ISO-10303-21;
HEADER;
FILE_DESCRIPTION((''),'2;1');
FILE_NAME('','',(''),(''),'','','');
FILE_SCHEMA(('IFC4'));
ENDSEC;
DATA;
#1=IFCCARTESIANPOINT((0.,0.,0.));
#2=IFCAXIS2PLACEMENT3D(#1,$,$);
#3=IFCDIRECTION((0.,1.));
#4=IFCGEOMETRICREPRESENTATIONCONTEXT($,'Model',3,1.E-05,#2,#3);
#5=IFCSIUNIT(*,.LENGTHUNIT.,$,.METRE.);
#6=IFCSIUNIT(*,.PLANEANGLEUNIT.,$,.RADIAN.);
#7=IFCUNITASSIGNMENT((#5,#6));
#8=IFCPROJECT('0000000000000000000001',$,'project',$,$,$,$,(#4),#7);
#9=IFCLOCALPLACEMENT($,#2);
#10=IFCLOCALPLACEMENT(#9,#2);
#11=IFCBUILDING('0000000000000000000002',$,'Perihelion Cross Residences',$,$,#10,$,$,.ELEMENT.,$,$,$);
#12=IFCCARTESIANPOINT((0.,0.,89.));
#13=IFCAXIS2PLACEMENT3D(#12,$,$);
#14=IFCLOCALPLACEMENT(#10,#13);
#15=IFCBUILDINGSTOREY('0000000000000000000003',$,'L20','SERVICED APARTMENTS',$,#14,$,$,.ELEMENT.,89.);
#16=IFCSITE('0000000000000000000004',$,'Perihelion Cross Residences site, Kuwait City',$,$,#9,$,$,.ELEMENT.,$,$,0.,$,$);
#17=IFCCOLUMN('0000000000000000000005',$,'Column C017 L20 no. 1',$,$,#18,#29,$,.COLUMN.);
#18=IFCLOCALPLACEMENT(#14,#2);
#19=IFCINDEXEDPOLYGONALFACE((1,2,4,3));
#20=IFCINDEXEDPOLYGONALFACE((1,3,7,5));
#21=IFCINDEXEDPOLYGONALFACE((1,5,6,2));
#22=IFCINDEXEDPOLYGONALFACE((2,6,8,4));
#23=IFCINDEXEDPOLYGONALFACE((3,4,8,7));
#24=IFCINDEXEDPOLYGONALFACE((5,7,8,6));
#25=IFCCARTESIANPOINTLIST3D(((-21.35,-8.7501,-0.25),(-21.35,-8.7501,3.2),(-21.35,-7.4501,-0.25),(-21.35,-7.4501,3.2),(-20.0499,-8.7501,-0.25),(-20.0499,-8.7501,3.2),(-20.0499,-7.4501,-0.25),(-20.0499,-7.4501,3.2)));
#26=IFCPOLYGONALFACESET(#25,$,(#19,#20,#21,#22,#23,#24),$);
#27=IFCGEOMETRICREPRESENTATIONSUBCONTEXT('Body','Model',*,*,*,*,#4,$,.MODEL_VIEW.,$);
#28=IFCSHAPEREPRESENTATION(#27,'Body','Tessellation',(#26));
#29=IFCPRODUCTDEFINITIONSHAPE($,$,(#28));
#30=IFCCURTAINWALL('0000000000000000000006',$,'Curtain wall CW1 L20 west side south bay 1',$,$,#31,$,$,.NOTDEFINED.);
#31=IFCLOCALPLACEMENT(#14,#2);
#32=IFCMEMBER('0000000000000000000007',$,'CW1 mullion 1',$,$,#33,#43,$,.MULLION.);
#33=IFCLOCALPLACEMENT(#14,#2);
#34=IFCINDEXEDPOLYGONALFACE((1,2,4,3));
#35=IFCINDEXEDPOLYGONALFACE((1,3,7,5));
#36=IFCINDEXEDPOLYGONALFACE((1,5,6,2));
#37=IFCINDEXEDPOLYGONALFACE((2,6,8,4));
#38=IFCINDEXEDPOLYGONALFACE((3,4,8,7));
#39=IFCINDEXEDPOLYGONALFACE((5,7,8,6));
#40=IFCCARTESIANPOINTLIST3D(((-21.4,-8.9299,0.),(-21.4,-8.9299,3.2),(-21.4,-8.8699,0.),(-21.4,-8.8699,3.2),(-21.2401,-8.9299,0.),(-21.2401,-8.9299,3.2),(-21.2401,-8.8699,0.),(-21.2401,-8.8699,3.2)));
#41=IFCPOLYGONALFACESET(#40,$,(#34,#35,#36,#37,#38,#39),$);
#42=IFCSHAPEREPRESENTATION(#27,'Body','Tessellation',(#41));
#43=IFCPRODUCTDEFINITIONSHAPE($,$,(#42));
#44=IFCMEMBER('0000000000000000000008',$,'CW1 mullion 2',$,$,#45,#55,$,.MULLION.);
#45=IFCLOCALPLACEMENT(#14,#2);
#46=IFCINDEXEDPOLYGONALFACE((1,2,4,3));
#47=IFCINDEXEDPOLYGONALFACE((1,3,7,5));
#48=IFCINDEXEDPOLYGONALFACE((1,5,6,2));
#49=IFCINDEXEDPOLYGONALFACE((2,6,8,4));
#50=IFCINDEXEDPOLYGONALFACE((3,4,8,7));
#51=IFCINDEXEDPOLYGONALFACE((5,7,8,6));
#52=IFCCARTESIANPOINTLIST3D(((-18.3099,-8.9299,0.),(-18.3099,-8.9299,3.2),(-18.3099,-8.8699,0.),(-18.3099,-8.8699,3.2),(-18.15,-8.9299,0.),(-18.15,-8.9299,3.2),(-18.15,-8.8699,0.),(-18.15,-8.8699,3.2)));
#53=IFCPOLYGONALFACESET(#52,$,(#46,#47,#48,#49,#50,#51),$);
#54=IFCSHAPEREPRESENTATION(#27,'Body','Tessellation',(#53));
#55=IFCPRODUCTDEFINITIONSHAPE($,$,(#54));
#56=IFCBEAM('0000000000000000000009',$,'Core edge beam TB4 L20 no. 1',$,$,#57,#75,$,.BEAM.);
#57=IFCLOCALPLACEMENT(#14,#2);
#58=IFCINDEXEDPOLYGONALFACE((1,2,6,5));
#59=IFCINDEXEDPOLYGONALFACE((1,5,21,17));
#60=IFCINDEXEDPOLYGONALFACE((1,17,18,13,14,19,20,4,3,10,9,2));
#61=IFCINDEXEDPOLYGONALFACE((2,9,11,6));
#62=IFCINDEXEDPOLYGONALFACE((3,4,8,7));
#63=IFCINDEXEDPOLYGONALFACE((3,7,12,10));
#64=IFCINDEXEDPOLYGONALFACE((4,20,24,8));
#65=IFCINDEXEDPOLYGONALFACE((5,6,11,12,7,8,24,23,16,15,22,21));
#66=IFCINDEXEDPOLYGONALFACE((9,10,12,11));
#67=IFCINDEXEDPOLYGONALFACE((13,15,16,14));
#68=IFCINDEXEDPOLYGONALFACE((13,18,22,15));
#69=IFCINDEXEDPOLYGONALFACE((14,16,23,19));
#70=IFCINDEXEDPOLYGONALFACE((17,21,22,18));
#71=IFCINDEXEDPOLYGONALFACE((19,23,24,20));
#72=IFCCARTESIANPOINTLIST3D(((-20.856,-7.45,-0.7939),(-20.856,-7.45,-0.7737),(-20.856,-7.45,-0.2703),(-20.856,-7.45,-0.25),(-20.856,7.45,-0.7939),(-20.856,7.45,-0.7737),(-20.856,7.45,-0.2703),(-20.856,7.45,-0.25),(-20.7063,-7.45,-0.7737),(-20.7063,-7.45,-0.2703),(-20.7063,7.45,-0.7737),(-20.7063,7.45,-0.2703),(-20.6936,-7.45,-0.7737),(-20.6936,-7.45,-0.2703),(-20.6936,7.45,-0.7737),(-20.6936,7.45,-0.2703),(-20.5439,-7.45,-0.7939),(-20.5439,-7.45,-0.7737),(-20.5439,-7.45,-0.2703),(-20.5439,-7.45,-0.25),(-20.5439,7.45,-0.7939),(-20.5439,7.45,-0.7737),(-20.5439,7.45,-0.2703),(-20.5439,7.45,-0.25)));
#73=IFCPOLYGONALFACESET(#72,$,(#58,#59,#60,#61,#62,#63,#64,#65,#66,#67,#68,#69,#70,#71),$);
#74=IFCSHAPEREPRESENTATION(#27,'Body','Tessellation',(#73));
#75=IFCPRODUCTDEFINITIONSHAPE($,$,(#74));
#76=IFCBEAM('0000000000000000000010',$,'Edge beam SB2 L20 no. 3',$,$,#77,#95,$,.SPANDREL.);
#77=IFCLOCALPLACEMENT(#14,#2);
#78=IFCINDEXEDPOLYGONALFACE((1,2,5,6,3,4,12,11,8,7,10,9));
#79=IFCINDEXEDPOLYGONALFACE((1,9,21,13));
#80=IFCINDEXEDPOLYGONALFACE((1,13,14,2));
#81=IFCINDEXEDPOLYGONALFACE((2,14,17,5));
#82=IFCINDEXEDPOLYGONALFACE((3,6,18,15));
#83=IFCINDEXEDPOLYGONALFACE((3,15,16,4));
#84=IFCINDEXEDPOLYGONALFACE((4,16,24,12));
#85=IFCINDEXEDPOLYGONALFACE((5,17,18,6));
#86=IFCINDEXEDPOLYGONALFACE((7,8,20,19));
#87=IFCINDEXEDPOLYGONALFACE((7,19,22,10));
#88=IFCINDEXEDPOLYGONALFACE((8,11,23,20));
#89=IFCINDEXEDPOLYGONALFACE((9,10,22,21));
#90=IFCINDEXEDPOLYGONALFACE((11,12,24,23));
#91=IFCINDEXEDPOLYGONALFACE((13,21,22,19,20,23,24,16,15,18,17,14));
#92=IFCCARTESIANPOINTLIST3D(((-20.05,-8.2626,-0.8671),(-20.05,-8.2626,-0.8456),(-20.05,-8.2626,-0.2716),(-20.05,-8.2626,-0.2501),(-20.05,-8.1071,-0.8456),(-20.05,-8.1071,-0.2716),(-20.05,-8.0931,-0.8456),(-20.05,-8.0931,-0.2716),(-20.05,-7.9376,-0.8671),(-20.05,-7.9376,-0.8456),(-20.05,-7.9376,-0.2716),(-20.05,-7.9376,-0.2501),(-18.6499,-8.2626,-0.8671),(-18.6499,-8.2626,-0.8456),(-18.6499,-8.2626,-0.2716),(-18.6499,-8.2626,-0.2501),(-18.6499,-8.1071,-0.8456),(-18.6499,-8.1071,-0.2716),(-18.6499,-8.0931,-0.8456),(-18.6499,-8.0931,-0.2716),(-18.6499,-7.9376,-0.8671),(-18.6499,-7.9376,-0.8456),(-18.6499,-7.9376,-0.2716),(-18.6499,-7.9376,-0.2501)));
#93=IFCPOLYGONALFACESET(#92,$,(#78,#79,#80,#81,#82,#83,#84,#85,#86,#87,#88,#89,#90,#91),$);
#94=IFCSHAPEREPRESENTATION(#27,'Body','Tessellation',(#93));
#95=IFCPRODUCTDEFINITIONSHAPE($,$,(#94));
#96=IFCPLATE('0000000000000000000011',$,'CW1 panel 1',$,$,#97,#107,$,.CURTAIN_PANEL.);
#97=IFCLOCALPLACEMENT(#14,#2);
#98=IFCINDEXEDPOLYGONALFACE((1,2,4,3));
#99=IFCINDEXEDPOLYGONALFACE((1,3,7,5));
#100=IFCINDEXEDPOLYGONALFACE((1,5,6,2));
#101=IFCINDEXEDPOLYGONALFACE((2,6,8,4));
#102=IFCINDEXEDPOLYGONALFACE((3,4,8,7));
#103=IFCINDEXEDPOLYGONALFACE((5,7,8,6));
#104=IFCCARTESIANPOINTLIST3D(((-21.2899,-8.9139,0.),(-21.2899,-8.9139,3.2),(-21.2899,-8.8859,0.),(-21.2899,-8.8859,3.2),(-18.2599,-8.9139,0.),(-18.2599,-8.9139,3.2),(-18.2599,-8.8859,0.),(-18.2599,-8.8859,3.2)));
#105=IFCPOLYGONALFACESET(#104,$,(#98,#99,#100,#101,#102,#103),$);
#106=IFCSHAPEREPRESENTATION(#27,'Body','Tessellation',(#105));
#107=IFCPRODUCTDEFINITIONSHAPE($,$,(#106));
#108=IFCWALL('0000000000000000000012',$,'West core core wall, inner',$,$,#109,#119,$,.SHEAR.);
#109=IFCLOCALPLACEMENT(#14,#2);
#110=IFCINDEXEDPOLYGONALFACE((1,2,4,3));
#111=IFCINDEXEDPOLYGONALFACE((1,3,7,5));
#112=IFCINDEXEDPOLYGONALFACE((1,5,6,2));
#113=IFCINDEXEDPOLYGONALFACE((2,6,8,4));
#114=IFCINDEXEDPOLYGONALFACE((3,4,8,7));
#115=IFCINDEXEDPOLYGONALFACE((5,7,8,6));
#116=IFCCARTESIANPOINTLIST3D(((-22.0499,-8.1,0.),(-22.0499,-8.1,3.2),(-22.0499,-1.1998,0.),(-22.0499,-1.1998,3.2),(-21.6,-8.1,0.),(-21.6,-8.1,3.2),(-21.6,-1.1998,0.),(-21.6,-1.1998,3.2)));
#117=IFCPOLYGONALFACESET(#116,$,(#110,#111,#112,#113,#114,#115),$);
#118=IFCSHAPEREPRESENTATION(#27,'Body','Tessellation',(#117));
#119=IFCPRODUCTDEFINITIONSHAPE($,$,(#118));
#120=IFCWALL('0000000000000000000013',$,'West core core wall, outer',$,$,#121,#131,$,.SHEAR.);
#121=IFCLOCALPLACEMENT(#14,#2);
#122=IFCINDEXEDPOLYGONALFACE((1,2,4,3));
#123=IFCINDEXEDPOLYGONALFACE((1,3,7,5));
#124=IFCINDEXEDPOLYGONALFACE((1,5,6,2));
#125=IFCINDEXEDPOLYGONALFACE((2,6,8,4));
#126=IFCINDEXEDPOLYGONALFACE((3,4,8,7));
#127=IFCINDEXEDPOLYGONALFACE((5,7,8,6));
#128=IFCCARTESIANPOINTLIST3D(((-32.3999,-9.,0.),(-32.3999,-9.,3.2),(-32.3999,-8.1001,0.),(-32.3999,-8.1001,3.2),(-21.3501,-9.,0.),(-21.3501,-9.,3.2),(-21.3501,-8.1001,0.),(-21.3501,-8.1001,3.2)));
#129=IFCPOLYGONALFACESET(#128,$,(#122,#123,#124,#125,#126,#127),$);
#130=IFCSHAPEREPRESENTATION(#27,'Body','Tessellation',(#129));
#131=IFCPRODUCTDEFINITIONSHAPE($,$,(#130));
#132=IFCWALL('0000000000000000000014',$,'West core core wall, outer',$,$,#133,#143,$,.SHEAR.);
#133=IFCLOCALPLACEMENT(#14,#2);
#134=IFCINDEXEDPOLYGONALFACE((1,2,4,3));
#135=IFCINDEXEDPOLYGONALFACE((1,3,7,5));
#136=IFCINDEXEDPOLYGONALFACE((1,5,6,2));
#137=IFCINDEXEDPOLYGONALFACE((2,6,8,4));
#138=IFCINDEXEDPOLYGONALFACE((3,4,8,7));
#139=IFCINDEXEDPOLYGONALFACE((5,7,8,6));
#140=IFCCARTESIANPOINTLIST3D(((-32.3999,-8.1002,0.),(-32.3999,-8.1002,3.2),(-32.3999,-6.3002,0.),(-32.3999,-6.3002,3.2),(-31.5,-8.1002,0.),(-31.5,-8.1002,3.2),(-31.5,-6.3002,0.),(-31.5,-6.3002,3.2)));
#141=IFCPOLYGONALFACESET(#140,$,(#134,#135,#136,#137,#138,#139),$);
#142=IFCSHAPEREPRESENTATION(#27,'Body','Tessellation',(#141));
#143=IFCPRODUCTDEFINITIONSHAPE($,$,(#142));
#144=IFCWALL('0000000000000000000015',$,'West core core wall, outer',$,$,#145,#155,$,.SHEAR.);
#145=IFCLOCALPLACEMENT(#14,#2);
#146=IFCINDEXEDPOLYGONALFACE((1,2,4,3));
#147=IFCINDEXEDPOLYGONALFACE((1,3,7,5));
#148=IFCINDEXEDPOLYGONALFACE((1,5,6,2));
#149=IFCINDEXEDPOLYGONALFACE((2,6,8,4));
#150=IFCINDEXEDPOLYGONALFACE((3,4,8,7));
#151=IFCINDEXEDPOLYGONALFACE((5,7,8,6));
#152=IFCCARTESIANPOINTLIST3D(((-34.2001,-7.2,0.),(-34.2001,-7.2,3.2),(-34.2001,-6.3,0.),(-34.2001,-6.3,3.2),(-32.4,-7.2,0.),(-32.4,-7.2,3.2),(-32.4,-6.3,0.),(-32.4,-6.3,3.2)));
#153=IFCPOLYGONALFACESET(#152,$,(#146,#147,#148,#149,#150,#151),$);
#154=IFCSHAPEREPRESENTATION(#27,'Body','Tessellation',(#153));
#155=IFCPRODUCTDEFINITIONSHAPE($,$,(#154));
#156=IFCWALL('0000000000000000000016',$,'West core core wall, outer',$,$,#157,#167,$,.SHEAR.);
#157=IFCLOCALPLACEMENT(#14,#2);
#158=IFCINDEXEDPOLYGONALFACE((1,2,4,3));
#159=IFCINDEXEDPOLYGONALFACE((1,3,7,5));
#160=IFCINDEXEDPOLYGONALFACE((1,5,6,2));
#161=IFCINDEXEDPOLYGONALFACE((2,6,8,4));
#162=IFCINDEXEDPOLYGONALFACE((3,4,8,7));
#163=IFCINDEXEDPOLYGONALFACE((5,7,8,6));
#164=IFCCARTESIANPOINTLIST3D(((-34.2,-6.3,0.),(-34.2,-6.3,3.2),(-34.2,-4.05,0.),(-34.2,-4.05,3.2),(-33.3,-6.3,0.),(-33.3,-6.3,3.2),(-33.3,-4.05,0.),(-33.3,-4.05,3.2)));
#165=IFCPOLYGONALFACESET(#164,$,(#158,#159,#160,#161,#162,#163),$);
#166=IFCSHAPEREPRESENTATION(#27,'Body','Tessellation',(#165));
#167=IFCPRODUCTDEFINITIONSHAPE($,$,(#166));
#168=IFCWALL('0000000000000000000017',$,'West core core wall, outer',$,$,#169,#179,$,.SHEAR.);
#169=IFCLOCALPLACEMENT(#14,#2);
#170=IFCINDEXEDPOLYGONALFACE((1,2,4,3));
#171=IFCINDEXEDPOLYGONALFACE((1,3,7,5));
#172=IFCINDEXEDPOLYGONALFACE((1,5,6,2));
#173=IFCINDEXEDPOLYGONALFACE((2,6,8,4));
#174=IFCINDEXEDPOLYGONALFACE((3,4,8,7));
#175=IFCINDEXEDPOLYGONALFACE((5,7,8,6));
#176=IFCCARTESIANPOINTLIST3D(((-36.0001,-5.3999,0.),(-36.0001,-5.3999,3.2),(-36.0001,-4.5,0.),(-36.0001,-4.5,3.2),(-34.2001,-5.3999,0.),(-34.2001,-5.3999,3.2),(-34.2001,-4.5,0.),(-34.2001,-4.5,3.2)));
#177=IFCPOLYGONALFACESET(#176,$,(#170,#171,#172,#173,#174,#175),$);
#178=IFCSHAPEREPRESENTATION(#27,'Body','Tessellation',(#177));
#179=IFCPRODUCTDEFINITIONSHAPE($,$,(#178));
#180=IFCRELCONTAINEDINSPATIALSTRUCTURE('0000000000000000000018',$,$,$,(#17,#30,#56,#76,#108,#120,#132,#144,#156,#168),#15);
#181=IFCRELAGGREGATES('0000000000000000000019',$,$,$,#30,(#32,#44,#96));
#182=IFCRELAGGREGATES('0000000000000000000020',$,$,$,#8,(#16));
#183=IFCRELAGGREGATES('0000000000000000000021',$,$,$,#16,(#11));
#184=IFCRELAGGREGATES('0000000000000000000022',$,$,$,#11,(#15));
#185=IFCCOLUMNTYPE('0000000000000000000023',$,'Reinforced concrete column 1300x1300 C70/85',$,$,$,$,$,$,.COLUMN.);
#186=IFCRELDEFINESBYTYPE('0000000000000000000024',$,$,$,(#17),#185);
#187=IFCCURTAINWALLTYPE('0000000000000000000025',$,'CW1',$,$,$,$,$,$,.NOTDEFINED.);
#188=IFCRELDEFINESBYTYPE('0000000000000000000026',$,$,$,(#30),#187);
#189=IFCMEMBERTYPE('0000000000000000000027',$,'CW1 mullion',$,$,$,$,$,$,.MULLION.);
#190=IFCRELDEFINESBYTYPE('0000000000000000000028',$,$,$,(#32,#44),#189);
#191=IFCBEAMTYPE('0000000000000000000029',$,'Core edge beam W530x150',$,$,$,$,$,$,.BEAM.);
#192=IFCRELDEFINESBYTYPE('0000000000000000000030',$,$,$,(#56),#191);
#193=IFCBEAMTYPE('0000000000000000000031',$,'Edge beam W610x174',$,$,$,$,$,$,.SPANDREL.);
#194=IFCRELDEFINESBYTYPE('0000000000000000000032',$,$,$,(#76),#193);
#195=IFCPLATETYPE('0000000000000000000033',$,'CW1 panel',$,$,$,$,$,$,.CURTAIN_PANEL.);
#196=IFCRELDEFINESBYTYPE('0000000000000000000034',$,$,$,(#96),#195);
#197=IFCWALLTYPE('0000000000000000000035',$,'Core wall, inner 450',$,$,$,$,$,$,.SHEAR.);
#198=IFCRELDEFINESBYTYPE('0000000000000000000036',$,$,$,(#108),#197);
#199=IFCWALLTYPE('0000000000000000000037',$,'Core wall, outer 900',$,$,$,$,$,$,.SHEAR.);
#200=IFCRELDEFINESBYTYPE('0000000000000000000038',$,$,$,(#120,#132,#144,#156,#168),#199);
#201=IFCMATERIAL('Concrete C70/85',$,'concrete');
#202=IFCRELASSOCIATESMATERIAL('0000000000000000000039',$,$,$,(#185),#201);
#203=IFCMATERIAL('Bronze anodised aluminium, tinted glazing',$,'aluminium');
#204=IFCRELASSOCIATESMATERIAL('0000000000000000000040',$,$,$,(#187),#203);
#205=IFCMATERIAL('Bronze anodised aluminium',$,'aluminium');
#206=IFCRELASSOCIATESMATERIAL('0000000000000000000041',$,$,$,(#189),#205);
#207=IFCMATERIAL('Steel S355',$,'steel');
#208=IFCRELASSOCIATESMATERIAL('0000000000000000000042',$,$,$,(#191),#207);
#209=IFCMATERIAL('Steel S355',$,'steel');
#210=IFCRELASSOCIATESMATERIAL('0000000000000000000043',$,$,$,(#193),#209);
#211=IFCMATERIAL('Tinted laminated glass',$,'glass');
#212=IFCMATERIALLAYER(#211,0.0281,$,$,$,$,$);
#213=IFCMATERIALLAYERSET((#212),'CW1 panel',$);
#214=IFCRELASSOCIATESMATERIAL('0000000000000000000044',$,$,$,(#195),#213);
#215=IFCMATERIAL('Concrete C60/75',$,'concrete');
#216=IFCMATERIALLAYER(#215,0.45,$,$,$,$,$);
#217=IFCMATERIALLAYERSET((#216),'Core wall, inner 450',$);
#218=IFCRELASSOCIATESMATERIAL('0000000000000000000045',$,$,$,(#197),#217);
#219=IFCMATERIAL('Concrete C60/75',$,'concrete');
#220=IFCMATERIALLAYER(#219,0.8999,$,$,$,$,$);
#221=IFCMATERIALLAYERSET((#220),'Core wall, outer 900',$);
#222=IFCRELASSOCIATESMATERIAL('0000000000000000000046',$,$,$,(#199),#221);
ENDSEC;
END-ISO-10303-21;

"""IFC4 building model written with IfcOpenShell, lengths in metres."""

from ifc_helpers import new_model, si_unit, direction, frame, frame_2d, origin, origin_2d, place, context, subcontext, project, spatial, rectangle, i_section, extrude, material, layer, layer_set, material_profile, profile_set, type_object, element, aggregate, save


model = new_model("IFC4")

# Units and contexts
model_context = context("Model", 3, precision=1e-05, world=origin(), true_north=direction((0.0, 1.0)))
body_context = subcontext(model_context, "Body", "Model", "MODEL_VIEW")
ifc_project = project(units=[si_unit("LENGTHUNIT", "METRE"), si_unit("PLANEANGLEUNIT", "RADIAN")], contexts=[model_context])

# Site, building, storey
site_placement = place(None, origin())
site = spatial("IfcSite", under=ifc_project, at=site_placement, Name="Perihelion Cross Residences site, Kuwait City", CompositionType="ELEMENT", RefElevation=0.0)
building_placement = place(site_placement, origin())
building = spatial("IfcBuilding", under=site, at=building_placement, Name="Perihelion Cross Residences", CompositionType="ELEMENT")
storey_placement = place(building_placement, frame((0.0, 0.0, 89.0)))
storey = spatial("IfcBuildingStorey", under=building, at=storey_placement, Name="L20", Description="SERVICED APARTMENTS", CompositionType="ELEMENT", Elevation=89.0)

# Column
ifc_material_1 = material(Name="Concrete C70/85", Category="concrete")
ifc_material_profile_1 = material_profile(ifc_material_1, rectangle(XDim=1.3, YDim=1.3, at=origin_2d()), Name="RC 1300x1300")
ifc_profile_set_1 = profile_set([ifc_material_profile_1], Name="Concrete C70/85")
column_type = type_object("IfcColumnType", Name="Reinforced concrete column 1300x1300 C70/85", PredefinedType="COLUMN", material=ifc_profile_set_1)
column_placement = place(storey_placement, frame((-20.7, -8.1001, -0.25), z_axis=(0.0, 0.0, 1.0), x_axis=(1.0, 0.0, 0.0)))
element("IfcColumn", 1, at=column_placement, inside=storey, type_object=column_type, Name="Column C017 L20 no. 1", PredefinedType="COLUMN", context=body_context, shape_type="SweptSolid", body=[
    extrude(rectangle(XDim=1.3, YDim=1.3, at=origin_2d()), origin(), (0.0, 0.0, 1.0), 3.45),
])

# Curtain wall, members
ifc_material_2 = material(Name="Bronze anodised aluminium, tinted glazing", Category="aluminium")
curtain_wall_type = type_object("IfcCurtainWallType", Name="CW1", PredefinedType="NOTDEFINED", material=ifc_material_2)
curtain_wall_placement = place(storey_placement, origin())
curtain_wall = element("IfcCurtainWall", 2, at=curtain_wall_placement, inside=storey, type_object=curtain_wall_type, Name="Curtain wall CW1 L20 west side south bay 1", PredefinedType="NOTDEFINED")
ifc_material_3 = material(Name="Bronze anodised aluminium", Category="aluminium")
ifc_material_profile_2 = material_profile(ifc_material_3, rectangle(XDim=0.0601, YDim=0.1599, at=origin_2d()), Name="CW1 mullion")
ifc_profile_set_2 = profile_set([ifc_material_profile_2], Name="Bronze anodised aluminium")
member_type = type_object("IfcMemberType", Name="CW1 mullion", PredefinedType="MULLION", material=ifc_profile_set_2)
member_1_placement = place(storey_placement, frame((-21.3201, -8.8999, 0.0), z_axis=(0.0, 0.0, 1.0), x_axis=(0.0, 1.0, 0.0)))
member_1 = element("IfcMember", 3, at=member_1_placement, type_object=member_type, Name="CW1 mullion 1", PredefinedType="MULLION", context=body_context, shape_type="SweptSolid", body=[
    extrude(rectangle(XDim=0.0601, YDim=0.1599, at=origin_2d()), origin(), (0.0, 0.0, 1.0), 3.2),
])
member_2_placement = place(storey_placement, frame((-18.23, -8.8999, 0.0), z_axis=(0.0, 0.0, 1.0), x_axis=(0.0, 1.0, 0.0)))
member_2 = element("IfcMember", 4, at=member_2_placement, type_object=member_type, Name="CW1 mullion 2", PredefinedType="MULLION", context=body_context, shape_type="SweptSolid", body=[
    extrude(rectangle(XDim=0.0601, YDim=0.1599, at=origin_2d()), origin(), (0.0, 0.0, 1.0), 3.2),
])

# Beams
ifc_material_4 = material(Name="Steel S355", Category="steel")
ifc_material_profile_3 = material_profile(ifc_material_4, i_section(OverallWidth=0.312, OverallDepth=0.5439, WebThickness=0.0127, FlangeThickness=0.0203, at=origin_2d()), Name="W530x150")
ifc_profile_set_3 = profile_set([ifc_material_profile_3], Name="Steel S355")
beam_type_1 = type_object("IfcBeamType", Name="Core edge beam W530x150", PredefinedType="BEAM", material=ifc_profile_set_3)
beam_1_placement = place(storey_placement, frame((-20.7, -7.45, -0.522), z_axis=(0.0, 1.0, 0.0), x_axis=(-1.0, 0.0, 0.0)))
element("IfcBeam", 5, at=beam_1_placement, inside=storey, type_object=beam_type_1, Name="Core edge beam TB4 L20 no. 1", PredefinedType="BEAM", context=body_context, shape_type="SweptSolid", body=[
    extrude(i_section(OverallWidth=0.312, OverallDepth=0.5439, WebThickness=0.0127, FlangeThickness=0.0203, at=origin_2d()), origin(), (0.0, 0.0, 1.0), 14.8999),
])
ifc_material_5 = material(Name="Steel S355", Category="steel")
ifc_material_profile_4 = material_profile(ifc_material_5, i_section(OverallWidth=0.325, OverallDepth=0.6169, WebThickness=0.0139, FlangeThickness=0.0215, at=origin_2d()), Name="W610x174")
ifc_profile_set_4 = profile_set([ifc_material_profile_4], Name="Steel S355")
beam_type_2 = type_object("IfcBeamType", Name="Edge beam W610x174", PredefinedType="SPANDREL", material=ifc_profile_set_4)
beam_2_placement = place(storey_placement, frame((-20.05, -8.1001, -0.5586), z_axis=(1.0, 0.0, 0.0), x_axis=(0.0, 1.0, 0.0)))
element("IfcBeam", 6, at=beam_2_placement, inside=storey, type_object=beam_type_2, Name="Edge beam SB2 L20 no. 3", PredefinedType="SPANDREL", context=body_context, shape_type="SweptSolid", body=[
    extrude(i_section(OverallWidth=0.325, OverallDepth=0.6169, WebThickness=0.0139, FlangeThickness=0.0215, at=origin_2d()), origin(), (0.0, 0.0, 1.0), 1.4001),
])

# Plate
ifc_material_6 = material(Name="Tinted laminated glass", Category="glass")
ifc_layer_1 = layer(ifc_material_6, 0.0281)
ifc_layer_set_1 = layer_set([ifc_layer_1], Name="CW1 panel")
plate_type = type_object("IfcPlateType", Name="CW1 panel", PredefinedType="CURTAIN_PANEL", material=ifc_layer_set_1)
plate_placement = place(storey_placement, frame((-19.7749, -8.8999, 0.0), z_axis=(0.0, 0.0, 1.0), x_axis=(1.0, 0.0, 0.0)))
plate = element("IfcPlate", 7, at=plate_placement, type_object=plate_type, Name="CW1 panel 1", PredefinedType="CURTAIN_PANEL", context=body_context, shape_type="SweptSolid", body=[
    extrude(rectangle(XDim=3.03, YDim=0.0281, at=origin_2d()), origin(), (0.0, 0.0, 1.0), 3.2),
])
aggregate(curtain_wall, [member_1, member_2, plate])

# Walls
ifc_material_7 = material(Name="Concrete C60/75", Category="concrete")
ifc_layer_2 = layer(ifc_material_7, 0.45)
ifc_layer_set_2 = layer_set([ifc_layer_2], Name="Core wall, inner 450")
wall_type_1 = type_object("IfcWallType", Name="Core wall, inner 450", PredefinedType="SHEAR", material=ifc_layer_set_2)
wall_1_placement = place(storey_placement, frame((-21.825, -8.1001, 0.0), z_axis=(0.0, 0.0, 1.0), x_axis=(0.0, 1.0, 0.0)))
element("IfcWall", 8, at=wall_1_placement, inside=storey, type_object=wall_type_1, Name="West core core wall, inner", PredefinedType="SHEAR", context=body_context, shape_type="SweptSolid", body=[
    extrude(rectangle(XDim=6.9001, YDim=0.45, at=frame_2d((3.4502, 0.0))), origin(), (0.0, 0.0, 1.0), 3.2),
])
ifc_material_8 = material(Name="Concrete C60/75", Category="concrete")
ifc_layer_3 = layer(ifc_material_8, 0.8999)
ifc_layer_set_3 = layer_set([ifc_layer_3], Name="Core wall, outer 900")
wall_type_2 = type_object("IfcWallType", Name="Core wall, outer 900", PredefinedType="SHEAR", material=ifc_layer_set_3)
wall_2_placement = place(storey_placement, frame((-32.3999, -8.55, 0.0), z_axis=(0.0, 0.0, 1.0), x_axis=(1.0, 0.0, 0.0)))
element("IfcWall", 9, at=wall_2_placement, inside=storey, type_object=wall_type_2, Name="West core core wall, outer", PredefinedType="SHEAR", context=body_context, shape_type="SweptSolid", body=[
    extrude(rectangle(XDim=11.0498, YDim=0.8999, at=frame_2d((5.5249, 0.0))), origin(), (0.0, 0.0, 1.0), 3.2),
])
for number, where, z_axis, x_axis, name in (
    (10, (-31.95, -8.1001, 0.0), (0.0, 0.0, 1.0), (0.0, 1.0, 0.0), "West core core wall, outer"),
    (11, (-34.2, -6.75, 0.0), (0.0, 0.0, 1.0), (1.0, 0.0, 0.0), "West core core wall, outer"),
):
    element("IfcWall", number, at=place(storey_placement, frame(where, z_axis=z_axis, x_axis=x_axis)), inside=storey, type_object=wall_type_2, Name=name, PredefinedType="SHEAR", context=body_context, shape_type="SweptSolid", body=[
        extrude(rectangle(XDim=1.8, YDim=0.8999, at=frame_2d((0.8999, 0.0))), origin(), (0.0, 0.0, 1.0), 3.2),
    ])
wall_3_placement = place(storey_placement, frame((-33.75, -6.3, 0.0), z_axis=(0.0, 0.0, 1.0), x_axis=(0.0, 1.0, 0.0)))
element("IfcWall", 12, at=wall_3_placement, inside=storey, type_object=wall_type_2, Name="West core core wall, outer", PredefinedType="SHEAR", context=body_context, shape_type="SweptSolid", body=[
    extrude(rectangle(XDim=2.25, YDim=0.8999, at=frame_2d((1.125, 0.0))), origin(), (0.0, 0.0, 1.0), 3.2),
])
wall_4_placement = place(storey_placement, frame((-36.0, -4.95, 0.0), z_axis=(0.0, 0.0, 1.0), x_axis=(1.0, 0.0, 0.0)))
element("IfcWall", 13, at=wall_4_placement, inside=storey, type_object=wall_type_2, Name="West core core wall, outer", PredefinedType="SHEAR", context=body_context, shape_type="SweptSolid", body=[
    extrude(rectangle(XDim=1.8, YDim=0.8999, at=frame_2d((0.8999, 0.0))), origin(), (0.0, 0.0, 1.0), 3.2),
])

save(model, "model.ifc")
